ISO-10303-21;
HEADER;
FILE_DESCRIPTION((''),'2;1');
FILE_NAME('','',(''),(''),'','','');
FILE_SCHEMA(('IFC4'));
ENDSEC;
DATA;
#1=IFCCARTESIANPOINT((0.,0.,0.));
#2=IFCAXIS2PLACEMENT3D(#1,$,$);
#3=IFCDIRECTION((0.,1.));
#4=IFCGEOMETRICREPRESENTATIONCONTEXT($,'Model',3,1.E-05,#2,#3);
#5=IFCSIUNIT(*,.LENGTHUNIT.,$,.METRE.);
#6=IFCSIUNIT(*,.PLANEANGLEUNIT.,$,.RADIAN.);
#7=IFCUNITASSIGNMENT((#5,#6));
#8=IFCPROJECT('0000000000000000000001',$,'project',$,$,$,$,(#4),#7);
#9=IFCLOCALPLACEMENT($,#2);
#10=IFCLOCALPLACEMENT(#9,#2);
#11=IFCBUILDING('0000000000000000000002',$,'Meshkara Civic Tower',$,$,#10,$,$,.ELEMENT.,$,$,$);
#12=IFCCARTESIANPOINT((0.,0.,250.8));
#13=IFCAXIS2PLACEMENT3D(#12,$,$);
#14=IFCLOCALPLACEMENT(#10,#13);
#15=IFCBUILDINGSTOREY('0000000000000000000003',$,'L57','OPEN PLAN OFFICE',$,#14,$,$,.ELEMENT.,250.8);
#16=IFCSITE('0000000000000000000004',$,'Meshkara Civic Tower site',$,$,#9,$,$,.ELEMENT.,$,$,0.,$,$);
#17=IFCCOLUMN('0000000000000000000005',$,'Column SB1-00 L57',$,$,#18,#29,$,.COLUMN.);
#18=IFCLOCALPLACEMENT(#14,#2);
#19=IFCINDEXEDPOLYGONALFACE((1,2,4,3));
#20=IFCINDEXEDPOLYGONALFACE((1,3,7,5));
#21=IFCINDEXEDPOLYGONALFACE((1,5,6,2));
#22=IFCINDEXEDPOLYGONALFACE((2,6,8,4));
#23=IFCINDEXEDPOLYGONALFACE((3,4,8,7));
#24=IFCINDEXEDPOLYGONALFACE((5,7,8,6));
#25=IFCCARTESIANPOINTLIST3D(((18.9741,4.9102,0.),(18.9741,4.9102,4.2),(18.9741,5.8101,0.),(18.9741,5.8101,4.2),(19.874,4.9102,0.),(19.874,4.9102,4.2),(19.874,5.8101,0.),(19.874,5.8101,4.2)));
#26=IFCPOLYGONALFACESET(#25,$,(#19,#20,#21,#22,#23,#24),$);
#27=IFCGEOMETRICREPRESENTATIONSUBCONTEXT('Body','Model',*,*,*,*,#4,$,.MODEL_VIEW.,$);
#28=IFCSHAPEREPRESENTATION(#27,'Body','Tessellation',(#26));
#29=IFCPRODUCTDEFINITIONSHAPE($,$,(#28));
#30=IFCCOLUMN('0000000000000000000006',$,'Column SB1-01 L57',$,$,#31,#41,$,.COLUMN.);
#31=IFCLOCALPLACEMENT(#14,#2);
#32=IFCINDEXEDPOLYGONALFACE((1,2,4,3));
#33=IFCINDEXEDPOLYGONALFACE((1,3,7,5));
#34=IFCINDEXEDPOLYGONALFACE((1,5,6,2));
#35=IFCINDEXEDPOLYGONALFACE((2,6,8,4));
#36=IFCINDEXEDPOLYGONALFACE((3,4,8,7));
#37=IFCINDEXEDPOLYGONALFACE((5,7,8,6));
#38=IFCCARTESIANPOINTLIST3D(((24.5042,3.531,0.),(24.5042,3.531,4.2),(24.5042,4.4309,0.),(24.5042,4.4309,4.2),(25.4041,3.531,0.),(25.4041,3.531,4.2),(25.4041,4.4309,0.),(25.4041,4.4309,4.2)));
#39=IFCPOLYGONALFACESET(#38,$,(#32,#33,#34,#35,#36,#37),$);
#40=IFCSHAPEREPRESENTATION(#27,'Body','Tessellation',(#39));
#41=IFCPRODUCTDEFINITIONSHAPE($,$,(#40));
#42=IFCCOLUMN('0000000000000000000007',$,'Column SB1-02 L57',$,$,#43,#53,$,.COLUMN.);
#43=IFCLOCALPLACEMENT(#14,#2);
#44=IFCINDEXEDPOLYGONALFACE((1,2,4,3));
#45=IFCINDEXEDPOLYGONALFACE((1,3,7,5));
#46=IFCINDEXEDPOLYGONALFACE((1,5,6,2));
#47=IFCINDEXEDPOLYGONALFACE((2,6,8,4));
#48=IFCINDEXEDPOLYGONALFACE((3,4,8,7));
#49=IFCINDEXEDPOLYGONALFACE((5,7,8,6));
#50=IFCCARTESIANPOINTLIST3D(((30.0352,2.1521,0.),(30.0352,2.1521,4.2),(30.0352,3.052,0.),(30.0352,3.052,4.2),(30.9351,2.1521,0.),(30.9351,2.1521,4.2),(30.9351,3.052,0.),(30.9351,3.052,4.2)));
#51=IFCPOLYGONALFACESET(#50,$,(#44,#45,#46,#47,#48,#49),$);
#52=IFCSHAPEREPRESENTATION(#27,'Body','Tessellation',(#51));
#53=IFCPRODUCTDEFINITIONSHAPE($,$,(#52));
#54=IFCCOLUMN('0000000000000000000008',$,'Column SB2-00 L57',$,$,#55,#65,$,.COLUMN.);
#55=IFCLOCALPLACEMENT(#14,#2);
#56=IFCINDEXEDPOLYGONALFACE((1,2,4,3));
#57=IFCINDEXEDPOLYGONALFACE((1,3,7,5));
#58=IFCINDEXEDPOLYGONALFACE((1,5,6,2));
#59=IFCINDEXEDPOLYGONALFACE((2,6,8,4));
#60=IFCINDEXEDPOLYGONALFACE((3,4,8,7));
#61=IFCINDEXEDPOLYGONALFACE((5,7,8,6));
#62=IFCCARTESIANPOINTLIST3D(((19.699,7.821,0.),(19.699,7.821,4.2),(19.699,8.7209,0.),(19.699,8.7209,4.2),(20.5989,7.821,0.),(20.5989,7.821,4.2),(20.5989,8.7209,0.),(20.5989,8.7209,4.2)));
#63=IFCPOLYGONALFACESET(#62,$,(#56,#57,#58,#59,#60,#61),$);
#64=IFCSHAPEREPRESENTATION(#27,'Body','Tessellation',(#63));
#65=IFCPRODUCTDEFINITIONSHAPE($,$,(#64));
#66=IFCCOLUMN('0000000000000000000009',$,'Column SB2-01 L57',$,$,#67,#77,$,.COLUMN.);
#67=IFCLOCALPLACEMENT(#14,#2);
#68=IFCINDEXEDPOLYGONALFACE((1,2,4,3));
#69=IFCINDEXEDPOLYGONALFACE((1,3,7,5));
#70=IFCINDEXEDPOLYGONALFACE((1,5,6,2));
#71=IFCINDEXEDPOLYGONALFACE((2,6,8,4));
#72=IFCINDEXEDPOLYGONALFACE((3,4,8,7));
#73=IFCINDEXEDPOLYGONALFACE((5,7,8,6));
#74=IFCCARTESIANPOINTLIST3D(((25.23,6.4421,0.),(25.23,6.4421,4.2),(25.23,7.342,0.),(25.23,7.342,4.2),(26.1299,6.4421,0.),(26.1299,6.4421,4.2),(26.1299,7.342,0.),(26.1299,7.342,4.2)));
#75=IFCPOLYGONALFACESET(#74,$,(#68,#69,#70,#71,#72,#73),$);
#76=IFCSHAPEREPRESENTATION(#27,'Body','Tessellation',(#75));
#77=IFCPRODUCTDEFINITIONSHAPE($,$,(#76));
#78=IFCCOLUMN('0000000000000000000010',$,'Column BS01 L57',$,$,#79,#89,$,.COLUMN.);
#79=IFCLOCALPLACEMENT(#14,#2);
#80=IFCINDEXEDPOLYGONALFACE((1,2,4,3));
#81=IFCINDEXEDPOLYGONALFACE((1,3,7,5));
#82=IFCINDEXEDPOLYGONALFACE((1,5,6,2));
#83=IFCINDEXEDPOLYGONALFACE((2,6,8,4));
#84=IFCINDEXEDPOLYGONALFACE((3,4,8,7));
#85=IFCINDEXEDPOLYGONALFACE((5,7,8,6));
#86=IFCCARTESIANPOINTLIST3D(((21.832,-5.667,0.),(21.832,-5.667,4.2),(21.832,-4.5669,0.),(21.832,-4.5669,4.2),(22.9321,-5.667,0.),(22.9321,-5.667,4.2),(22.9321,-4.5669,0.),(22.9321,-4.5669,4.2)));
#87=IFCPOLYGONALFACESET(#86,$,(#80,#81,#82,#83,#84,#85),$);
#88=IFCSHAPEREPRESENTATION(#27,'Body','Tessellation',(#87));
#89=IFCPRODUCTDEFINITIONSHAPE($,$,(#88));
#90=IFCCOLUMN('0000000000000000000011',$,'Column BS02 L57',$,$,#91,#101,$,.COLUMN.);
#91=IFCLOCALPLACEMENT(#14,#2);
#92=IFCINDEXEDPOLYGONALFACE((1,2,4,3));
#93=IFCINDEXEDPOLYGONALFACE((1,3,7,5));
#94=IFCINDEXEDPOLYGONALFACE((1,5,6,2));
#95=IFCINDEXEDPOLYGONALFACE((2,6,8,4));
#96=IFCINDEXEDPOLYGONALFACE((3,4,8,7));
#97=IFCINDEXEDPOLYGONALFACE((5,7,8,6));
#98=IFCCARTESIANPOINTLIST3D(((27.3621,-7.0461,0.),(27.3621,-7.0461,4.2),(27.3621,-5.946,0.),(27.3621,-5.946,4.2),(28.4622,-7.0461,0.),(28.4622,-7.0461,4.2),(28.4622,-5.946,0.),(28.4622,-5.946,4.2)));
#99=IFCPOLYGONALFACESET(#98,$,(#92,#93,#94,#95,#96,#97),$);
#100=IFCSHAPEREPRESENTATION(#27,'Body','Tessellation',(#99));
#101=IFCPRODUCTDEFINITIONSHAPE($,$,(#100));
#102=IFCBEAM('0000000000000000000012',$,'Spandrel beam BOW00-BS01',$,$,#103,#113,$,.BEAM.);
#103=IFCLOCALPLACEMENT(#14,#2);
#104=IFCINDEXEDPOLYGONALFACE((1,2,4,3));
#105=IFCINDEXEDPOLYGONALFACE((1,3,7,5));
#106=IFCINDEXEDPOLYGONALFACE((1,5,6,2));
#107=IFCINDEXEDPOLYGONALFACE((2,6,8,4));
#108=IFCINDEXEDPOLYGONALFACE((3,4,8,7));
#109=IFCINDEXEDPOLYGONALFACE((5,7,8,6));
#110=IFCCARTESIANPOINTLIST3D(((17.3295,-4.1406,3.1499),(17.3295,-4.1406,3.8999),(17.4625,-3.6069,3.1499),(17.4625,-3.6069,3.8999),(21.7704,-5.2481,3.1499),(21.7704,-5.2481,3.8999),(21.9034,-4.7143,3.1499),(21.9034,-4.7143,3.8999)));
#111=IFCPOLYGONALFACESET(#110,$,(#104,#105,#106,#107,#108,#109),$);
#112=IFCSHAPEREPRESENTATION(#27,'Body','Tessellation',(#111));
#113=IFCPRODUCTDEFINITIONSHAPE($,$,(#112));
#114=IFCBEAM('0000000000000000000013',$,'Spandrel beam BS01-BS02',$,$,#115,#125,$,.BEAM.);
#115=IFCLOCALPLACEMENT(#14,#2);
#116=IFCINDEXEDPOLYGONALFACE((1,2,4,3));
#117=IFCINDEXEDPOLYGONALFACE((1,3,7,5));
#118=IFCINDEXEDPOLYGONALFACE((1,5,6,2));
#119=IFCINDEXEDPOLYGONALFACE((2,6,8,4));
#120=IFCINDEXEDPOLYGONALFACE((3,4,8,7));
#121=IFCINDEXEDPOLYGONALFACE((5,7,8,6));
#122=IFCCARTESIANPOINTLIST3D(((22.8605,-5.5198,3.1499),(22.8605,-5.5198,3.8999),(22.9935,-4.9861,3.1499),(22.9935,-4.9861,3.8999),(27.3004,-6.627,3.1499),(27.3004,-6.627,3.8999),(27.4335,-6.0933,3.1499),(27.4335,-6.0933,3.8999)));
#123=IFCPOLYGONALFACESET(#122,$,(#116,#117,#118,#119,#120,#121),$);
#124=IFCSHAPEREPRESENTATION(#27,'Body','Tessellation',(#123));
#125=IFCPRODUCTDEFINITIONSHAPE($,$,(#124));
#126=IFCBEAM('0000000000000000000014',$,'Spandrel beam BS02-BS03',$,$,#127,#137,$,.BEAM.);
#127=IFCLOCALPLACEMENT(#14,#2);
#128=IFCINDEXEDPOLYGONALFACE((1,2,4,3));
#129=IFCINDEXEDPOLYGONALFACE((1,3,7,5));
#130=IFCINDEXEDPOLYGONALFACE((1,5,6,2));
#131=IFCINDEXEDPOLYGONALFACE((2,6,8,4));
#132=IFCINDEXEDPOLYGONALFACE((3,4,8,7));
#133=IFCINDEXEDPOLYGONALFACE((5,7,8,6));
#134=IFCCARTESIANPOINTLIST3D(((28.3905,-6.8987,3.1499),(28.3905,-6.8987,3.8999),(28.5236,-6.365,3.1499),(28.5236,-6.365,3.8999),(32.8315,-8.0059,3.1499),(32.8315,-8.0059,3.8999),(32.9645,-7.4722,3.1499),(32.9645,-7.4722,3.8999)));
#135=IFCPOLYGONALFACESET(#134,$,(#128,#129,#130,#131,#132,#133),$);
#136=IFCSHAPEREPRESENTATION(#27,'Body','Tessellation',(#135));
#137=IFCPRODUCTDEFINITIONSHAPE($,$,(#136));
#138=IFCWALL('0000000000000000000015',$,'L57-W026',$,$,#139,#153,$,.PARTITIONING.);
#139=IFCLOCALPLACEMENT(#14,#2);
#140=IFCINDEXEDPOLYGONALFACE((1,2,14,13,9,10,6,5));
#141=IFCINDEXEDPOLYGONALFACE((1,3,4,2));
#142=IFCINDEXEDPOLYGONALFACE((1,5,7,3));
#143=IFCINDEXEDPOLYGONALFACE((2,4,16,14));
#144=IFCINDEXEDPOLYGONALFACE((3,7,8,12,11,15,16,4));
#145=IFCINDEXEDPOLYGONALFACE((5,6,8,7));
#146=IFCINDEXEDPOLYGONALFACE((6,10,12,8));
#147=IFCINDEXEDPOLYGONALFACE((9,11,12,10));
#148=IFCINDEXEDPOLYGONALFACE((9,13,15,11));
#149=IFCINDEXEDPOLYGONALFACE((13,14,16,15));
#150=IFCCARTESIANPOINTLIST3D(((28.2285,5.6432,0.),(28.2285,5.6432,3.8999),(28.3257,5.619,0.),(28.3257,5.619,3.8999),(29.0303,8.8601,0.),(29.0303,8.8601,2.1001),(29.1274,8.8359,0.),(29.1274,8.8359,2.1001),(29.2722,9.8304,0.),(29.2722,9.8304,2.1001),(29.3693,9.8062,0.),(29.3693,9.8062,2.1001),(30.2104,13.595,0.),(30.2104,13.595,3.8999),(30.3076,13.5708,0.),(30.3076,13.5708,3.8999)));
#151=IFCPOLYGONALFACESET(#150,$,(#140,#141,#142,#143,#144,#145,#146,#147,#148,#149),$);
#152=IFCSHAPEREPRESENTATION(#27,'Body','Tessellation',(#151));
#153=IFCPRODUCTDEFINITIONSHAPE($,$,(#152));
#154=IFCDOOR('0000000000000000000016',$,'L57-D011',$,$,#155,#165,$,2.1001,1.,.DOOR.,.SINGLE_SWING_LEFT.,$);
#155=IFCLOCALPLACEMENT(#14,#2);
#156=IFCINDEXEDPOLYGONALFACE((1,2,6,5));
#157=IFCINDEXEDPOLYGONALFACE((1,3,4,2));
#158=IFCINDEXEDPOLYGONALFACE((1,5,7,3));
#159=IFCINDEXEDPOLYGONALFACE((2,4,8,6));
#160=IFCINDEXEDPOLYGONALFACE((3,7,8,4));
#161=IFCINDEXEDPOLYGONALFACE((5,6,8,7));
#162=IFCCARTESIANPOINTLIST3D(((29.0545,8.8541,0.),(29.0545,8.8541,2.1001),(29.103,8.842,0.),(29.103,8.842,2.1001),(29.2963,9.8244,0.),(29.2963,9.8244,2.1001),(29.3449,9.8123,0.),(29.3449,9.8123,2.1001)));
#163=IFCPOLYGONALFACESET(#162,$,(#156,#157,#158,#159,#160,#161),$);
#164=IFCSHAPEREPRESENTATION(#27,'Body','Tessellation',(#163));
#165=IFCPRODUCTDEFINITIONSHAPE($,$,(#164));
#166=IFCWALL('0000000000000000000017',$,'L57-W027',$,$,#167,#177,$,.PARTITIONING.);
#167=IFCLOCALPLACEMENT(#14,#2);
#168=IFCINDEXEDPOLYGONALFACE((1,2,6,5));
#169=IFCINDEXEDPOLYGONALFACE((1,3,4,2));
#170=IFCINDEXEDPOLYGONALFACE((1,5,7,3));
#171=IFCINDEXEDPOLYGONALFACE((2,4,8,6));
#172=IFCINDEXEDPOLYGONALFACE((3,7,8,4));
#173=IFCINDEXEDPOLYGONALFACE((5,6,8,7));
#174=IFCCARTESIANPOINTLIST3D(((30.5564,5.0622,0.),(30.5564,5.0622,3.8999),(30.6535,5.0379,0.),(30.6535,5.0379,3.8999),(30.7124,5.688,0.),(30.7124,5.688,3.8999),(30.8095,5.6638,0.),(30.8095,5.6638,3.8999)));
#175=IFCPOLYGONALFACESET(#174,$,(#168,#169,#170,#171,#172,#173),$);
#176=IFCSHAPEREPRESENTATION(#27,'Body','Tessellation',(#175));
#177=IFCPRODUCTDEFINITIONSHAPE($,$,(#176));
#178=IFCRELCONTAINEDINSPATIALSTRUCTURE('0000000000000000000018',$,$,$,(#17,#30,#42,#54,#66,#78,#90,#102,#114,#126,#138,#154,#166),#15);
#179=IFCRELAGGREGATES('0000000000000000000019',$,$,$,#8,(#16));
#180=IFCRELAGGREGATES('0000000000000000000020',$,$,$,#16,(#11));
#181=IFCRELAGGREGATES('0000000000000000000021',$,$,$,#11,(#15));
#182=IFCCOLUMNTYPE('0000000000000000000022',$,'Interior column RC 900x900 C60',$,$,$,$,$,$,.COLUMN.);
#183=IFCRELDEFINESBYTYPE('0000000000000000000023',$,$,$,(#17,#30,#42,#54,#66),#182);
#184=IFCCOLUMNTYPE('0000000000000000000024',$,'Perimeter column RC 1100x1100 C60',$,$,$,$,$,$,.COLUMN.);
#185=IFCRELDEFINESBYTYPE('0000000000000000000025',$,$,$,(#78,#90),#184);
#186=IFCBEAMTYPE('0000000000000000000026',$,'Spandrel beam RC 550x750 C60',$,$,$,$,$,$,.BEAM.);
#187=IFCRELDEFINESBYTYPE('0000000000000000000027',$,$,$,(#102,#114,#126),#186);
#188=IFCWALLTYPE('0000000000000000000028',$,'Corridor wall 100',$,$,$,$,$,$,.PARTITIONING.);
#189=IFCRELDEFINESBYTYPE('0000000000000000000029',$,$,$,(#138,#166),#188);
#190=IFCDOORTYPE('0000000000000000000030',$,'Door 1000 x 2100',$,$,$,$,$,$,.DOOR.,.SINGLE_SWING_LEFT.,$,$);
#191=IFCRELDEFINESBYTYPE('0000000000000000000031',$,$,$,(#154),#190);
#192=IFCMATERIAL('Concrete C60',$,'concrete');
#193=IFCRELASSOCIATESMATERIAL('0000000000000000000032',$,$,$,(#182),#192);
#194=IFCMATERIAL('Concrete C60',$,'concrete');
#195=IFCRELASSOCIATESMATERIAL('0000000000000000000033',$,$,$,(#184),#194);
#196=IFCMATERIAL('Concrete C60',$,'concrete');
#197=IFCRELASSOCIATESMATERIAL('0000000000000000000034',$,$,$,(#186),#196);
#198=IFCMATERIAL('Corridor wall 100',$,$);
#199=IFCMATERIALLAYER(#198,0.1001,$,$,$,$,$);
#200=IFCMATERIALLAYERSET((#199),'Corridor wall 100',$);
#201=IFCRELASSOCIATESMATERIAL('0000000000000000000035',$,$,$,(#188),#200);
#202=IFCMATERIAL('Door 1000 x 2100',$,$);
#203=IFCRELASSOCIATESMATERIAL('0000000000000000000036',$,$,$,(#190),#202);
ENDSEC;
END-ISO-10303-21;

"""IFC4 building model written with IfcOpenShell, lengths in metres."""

from ifc_helpers import new_model, si_unit, direction, frame, frame_2d, origin, origin_2d, place, context, subcontext, project, spatial, rectangle, extrude, material, layer, layer_set, material_profile, profile_set, type_object, element, fill, save


model = new_model("IFC4")

# Units and contexts
model_context = context("Model", 3, precision=1e-05, world=origin(), true_north=direction((0.0, 1.0)))
body_context = subcontext(model_context, "Body", "Model", "MODEL_VIEW")
ifc_project = project(units=[si_unit("LENGTHUNIT", "METRE"), si_unit("PLANEANGLEUNIT", "RADIAN")], contexts=[model_context])

# Site, building, storey
site_placement = place(None, origin())
site = spatial("IfcSite", under=ifc_project, at=site_placement, Name="Meshkara Civic Tower site", CompositionType="ELEMENT", RefElevation=0.0)
building_placement = place(site_placement, origin())
building = spatial("IfcBuilding", under=site, at=building_placement, Name="Meshkara Civic Tower", CompositionType="ELEMENT")
storey_placement = place(building_placement, frame((0.0, 0.0, 250.8)))
storey = spatial("IfcBuildingStorey", under=building, at=storey_placement, Name="L57", Description="OPEN PLAN OFFICE", CompositionType="ELEMENT", Elevation=250.8)

# Columns
ifc_material_1 = material(Name="Concrete C60", Category="concrete")
ifc_material_profile_1 = material_profile(ifc_material_1, rectangle(XDim=0.8999, YDim=0.8999, at=origin_2d()))
ifc_profile_set_1 = profile_set([ifc_material_profile_1], Name="Concrete C60")
column_type_1 = type_object("IfcColumnType", Name="Interior column RC 900x900 C60", PredefinedType="COLUMN", material=ifc_profile_set_1)
for number, where, z_axis, x_axis, name in (
    (1, (19.4241, 5.3601, 0.0), (0.0, 0.0, 1.0), (1.0, 0.0, 0.0), "Column SB1-00 L57"),
    (2, (24.9541, 3.981, 0.0), (0.0, 0.0, 1.0), (1.0, 0.0, 0.0), "Column SB1-01 L57"),
    (3, (30.4851, 2.6021, 0.0), (0.0, 0.0, 1.0), (1.0, 0.0, 0.0), "Column SB1-02 L57"),
    (4, (20.1489, 8.271, 0.0), (0.0, 0.0, 1.0), (1.0, 0.0, 0.0), "Column SB2-00 L57"),
    (5, (25.6799, 6.8921, 0.0), (0.0, 0.0, 1.0), (1.0, 0.0, 0.0), "Column SB2-01 L57"),
):
    element("IfcColumn", number, at=place(storey_placement, frame(where, z_axis=z_axis, x_axis=x_axis)), inside=storey, type_object=column_type_1, Name=name, PredefinedType="COLUMN", context=body_context, shape_type="SweptSolid", body=[
        extrude(rectangle(XDim=0.8999, YDim=0.8999, at=origin_2d()), origin(), (0.0, 0.0, 1.0), 4.2),
    ])
ifc_material_2 = material(Name="Concrete C60", Category="concrete")
ifc_material_profile_2 = material_profile(ifc_material_2, rectangle(XDim=1.1001, YDim=1.1001, at=origin_2d()))
ifc_profile_set_2 = profile_set([ifc_material_profile_2], Name="Concrete C60")
column_type_2 = type_object("IfcColumnType", Name="Perimeter column RC 1100x1100 C60", PredefinedType="COLUMN", material=ifc_profile_set_2)
for number, where, z_axis, x_axis, name in (
    (6, (22.3821, -5.1169, 0.0), (0.0, 0.0, 1.0), (1.0, 0.0, 0.0), "Column BS01 L57"),
    (7, (27.9121, -6.4961, 0.0), (0.0, 0.0, 1.0), (1.0, 0.0, 0.0), "Column BS02 L57"),
):
    element("IfcColumn", number, at=place(storey_placement, frame(where, z_axis=z_axis, x_axis=x_axis)), inside=storey, type_object=column_type_2, Name=name, PredefinedType="COLUMN", context=body_context, shape_type="SweptSolid", body=[
        extrude(rectangle(XDim=1.1001, YDim=1.1001, at=origin_2d()), origin(), (0.0, 0.0, 1.0), 4.2),
    ])

# Beams
ifc_material_3 = material(Name="Concrete C60", Category="concrete")
ifc_material_profile_3 = material_profile(ifc_material_3, rectangle(XDim=0.55, YDim=0.75, at=origin_2d()))
ifc_profile_set_3 = profile_set([ifc_material_profile_3], Name="Concrete C60")
beam_type = type_object("IfcBeamType", Name="Spandrel beam RC 550x750 C60", PredefinedType="BEAM", material=ifc_profile_set_3)
beam_1_placement = place(storey_placement, frame((17.396, -3.8738, 3.5249), z_axis=(0.970287, -0.241958, 0.0), x_axis=(0.241958, 0.970287, 0.0)))
element("IfcBeam", 8, at=beam_1_placement, inside=storey, type_object=beam_type, Name="Spandrel beam BOW00-BS01", PredefinedType="BEAM", context=body_context, shape_type="SweptSolid", body=[
    extrude(rectangle(XDim=0.55, YDim=0.75, at=origin_2d()), origin(), (0.0, 0.0, 1.0), 4.5769),
])
beam_2_placement = place(storey_placement, frame((22.927, -5.2529, 3.5249), z_axis=(0.970287, -0.241958, 0.0), x_axis=(0.241958, 0.970287, 0.0)))
element("IfcBeam", 9, at=beam_2_placement, inside=storey, type_object=beam_type, Name="Spandrel beam BS01-BS02", PredefinedType="BEAM", context=body_context, shape_type="SweptSolid", body=[
    extrude(rectangle(XDim=0.55, YDim=0.75, at=origin_2d()), origin(), (0.0, 0.0, 1.0), 4.5759),
])
beam_3_placement = place(storey_placement, frame((28.457, -6.6318, 3.5249), z_axis=(0.970299, -0.241908, 0.0), x_axis=(0.241908, 0.970299, 0.0)))
element("IfcBeam", 10, at=beam_3_placement, inside=storey, type_object=beam_type, Name="Spandrel beam BS02-BS03", PredefinedType="BEAM", context=body_context, shape_type="SweptSolid", body=[
    extrude(rectangle(XDim=0.55, YDim=0.75, at=origin_2d()), origin(), (0.0, 0.0, 1.0), 4.5769),
])

# Wall, opening, door
ifc_material_4 = material(Name="Corridor wall 100")
ifc_layer_1 = layer(ifc_material_4, 0.1001)
ifc_layer_set_1 = layer_set([ifc_layer_1], Name="Corridor wall 100")
wall_type_1 = type_object("IfcWallType", Name="Corridor wall 100", PredefinedType="PARTITIONING", material=ifc_layer_set_1)
wall_1_placement = place(storey_placement, frame((30.259, 13.583, 0.0), z_axis=(0.0, 0.0, 1.0), x_axis=(-0.241842, -0.970316, 0.0)))
wall_1 = element("IfcWall", 11, at=wall_1_placement, inside=storey, type_object=wall_type_1, Name="L57-W026", PredefinedType="PARTITIONING", context=body_context, shape_type="SweptSolid", body=[
    extrude(rectangle(XDim=8.1951, YDim=0.1001, at=frame_2d((4.0977, 0.0))), origin(), (0.0, 0.0, 1.0), 3.8999),
])
opening_1_placement = place(wall_1_placement, frame((3.8799, 0.0, 0.0)))
opening_1 = element("IfcOpeningElement", 12, at=opening_1_placement, cuts=wall_1, PredefinedType="OPENING", context=body_context, shape_type="SweptSolid", body=[
    extrude(rectangle(XDim=1.0, YDim=2.1001, at=frame_2d((0.5, 1.05))), frame((0.0, 0.0601, 0.0), z_axis=(0.0, -1.0, 0.0), x_axis=(1.0, 0.0, 0.0)), (0.0, 0.0, 1.0), 0.1201),
])
ifc_material_5 = material(Name="Door 1000 x 2100")
door_type_1 = type_object("IfcDoorType", Name="Door 1000 x 2100", OperationType="SINGLE_SWING_LEFT", PredefinedType="DOOR", material=ifc_material_5)
door_1_placement = place(opening_1_placement, origin())
door_1 = element("IfcDoor", 13, at=door_1_placement, inside=storey, type_object=door_type_1, Name="L57-D011", OperationType="SINGLE_SWING_LEFT", OverallHeight=2.1001, OverallWidth=1.0, PredefinedType="DOOR", context=body_context, shape_type="SweptSolid", body=[
    extrude(rectangle(XDim=1.0, YDim=2.1001, at=frame_2d((0.5, 1.05))), frame((0.0, 0.0249, 0.0), z_axis=(0.0, -1.0, 0.0), x_axis=(1.0, 0.0, 0.0)), (0.0, 0.0, 1.0), 0.05),
])
fill(opening_1, door_1)

# Wall
wall_2_placement = place(storey_placement, frame((30.605, 5.05, 0.0), z_axis=(0.0, 0.0, 1.0), x_axis=(0.241823, 0.97032, 0.0)))
element("IfcWall", 14, at=wall_2_placement, inside=storey, type_object=wall_type_1, Name="L57-W027", PredefinedType="PARTITIONING", context=body_context, shape_type="SweptSolid", body=[
    extrude(rectangle(XDim=0.645, YDim=0.1001, at=frame_2d((0.3225, 0.0))), origin(), (0.0, 0.0, 1.0), 3.8999),
])

save(model, "model.ifc")
